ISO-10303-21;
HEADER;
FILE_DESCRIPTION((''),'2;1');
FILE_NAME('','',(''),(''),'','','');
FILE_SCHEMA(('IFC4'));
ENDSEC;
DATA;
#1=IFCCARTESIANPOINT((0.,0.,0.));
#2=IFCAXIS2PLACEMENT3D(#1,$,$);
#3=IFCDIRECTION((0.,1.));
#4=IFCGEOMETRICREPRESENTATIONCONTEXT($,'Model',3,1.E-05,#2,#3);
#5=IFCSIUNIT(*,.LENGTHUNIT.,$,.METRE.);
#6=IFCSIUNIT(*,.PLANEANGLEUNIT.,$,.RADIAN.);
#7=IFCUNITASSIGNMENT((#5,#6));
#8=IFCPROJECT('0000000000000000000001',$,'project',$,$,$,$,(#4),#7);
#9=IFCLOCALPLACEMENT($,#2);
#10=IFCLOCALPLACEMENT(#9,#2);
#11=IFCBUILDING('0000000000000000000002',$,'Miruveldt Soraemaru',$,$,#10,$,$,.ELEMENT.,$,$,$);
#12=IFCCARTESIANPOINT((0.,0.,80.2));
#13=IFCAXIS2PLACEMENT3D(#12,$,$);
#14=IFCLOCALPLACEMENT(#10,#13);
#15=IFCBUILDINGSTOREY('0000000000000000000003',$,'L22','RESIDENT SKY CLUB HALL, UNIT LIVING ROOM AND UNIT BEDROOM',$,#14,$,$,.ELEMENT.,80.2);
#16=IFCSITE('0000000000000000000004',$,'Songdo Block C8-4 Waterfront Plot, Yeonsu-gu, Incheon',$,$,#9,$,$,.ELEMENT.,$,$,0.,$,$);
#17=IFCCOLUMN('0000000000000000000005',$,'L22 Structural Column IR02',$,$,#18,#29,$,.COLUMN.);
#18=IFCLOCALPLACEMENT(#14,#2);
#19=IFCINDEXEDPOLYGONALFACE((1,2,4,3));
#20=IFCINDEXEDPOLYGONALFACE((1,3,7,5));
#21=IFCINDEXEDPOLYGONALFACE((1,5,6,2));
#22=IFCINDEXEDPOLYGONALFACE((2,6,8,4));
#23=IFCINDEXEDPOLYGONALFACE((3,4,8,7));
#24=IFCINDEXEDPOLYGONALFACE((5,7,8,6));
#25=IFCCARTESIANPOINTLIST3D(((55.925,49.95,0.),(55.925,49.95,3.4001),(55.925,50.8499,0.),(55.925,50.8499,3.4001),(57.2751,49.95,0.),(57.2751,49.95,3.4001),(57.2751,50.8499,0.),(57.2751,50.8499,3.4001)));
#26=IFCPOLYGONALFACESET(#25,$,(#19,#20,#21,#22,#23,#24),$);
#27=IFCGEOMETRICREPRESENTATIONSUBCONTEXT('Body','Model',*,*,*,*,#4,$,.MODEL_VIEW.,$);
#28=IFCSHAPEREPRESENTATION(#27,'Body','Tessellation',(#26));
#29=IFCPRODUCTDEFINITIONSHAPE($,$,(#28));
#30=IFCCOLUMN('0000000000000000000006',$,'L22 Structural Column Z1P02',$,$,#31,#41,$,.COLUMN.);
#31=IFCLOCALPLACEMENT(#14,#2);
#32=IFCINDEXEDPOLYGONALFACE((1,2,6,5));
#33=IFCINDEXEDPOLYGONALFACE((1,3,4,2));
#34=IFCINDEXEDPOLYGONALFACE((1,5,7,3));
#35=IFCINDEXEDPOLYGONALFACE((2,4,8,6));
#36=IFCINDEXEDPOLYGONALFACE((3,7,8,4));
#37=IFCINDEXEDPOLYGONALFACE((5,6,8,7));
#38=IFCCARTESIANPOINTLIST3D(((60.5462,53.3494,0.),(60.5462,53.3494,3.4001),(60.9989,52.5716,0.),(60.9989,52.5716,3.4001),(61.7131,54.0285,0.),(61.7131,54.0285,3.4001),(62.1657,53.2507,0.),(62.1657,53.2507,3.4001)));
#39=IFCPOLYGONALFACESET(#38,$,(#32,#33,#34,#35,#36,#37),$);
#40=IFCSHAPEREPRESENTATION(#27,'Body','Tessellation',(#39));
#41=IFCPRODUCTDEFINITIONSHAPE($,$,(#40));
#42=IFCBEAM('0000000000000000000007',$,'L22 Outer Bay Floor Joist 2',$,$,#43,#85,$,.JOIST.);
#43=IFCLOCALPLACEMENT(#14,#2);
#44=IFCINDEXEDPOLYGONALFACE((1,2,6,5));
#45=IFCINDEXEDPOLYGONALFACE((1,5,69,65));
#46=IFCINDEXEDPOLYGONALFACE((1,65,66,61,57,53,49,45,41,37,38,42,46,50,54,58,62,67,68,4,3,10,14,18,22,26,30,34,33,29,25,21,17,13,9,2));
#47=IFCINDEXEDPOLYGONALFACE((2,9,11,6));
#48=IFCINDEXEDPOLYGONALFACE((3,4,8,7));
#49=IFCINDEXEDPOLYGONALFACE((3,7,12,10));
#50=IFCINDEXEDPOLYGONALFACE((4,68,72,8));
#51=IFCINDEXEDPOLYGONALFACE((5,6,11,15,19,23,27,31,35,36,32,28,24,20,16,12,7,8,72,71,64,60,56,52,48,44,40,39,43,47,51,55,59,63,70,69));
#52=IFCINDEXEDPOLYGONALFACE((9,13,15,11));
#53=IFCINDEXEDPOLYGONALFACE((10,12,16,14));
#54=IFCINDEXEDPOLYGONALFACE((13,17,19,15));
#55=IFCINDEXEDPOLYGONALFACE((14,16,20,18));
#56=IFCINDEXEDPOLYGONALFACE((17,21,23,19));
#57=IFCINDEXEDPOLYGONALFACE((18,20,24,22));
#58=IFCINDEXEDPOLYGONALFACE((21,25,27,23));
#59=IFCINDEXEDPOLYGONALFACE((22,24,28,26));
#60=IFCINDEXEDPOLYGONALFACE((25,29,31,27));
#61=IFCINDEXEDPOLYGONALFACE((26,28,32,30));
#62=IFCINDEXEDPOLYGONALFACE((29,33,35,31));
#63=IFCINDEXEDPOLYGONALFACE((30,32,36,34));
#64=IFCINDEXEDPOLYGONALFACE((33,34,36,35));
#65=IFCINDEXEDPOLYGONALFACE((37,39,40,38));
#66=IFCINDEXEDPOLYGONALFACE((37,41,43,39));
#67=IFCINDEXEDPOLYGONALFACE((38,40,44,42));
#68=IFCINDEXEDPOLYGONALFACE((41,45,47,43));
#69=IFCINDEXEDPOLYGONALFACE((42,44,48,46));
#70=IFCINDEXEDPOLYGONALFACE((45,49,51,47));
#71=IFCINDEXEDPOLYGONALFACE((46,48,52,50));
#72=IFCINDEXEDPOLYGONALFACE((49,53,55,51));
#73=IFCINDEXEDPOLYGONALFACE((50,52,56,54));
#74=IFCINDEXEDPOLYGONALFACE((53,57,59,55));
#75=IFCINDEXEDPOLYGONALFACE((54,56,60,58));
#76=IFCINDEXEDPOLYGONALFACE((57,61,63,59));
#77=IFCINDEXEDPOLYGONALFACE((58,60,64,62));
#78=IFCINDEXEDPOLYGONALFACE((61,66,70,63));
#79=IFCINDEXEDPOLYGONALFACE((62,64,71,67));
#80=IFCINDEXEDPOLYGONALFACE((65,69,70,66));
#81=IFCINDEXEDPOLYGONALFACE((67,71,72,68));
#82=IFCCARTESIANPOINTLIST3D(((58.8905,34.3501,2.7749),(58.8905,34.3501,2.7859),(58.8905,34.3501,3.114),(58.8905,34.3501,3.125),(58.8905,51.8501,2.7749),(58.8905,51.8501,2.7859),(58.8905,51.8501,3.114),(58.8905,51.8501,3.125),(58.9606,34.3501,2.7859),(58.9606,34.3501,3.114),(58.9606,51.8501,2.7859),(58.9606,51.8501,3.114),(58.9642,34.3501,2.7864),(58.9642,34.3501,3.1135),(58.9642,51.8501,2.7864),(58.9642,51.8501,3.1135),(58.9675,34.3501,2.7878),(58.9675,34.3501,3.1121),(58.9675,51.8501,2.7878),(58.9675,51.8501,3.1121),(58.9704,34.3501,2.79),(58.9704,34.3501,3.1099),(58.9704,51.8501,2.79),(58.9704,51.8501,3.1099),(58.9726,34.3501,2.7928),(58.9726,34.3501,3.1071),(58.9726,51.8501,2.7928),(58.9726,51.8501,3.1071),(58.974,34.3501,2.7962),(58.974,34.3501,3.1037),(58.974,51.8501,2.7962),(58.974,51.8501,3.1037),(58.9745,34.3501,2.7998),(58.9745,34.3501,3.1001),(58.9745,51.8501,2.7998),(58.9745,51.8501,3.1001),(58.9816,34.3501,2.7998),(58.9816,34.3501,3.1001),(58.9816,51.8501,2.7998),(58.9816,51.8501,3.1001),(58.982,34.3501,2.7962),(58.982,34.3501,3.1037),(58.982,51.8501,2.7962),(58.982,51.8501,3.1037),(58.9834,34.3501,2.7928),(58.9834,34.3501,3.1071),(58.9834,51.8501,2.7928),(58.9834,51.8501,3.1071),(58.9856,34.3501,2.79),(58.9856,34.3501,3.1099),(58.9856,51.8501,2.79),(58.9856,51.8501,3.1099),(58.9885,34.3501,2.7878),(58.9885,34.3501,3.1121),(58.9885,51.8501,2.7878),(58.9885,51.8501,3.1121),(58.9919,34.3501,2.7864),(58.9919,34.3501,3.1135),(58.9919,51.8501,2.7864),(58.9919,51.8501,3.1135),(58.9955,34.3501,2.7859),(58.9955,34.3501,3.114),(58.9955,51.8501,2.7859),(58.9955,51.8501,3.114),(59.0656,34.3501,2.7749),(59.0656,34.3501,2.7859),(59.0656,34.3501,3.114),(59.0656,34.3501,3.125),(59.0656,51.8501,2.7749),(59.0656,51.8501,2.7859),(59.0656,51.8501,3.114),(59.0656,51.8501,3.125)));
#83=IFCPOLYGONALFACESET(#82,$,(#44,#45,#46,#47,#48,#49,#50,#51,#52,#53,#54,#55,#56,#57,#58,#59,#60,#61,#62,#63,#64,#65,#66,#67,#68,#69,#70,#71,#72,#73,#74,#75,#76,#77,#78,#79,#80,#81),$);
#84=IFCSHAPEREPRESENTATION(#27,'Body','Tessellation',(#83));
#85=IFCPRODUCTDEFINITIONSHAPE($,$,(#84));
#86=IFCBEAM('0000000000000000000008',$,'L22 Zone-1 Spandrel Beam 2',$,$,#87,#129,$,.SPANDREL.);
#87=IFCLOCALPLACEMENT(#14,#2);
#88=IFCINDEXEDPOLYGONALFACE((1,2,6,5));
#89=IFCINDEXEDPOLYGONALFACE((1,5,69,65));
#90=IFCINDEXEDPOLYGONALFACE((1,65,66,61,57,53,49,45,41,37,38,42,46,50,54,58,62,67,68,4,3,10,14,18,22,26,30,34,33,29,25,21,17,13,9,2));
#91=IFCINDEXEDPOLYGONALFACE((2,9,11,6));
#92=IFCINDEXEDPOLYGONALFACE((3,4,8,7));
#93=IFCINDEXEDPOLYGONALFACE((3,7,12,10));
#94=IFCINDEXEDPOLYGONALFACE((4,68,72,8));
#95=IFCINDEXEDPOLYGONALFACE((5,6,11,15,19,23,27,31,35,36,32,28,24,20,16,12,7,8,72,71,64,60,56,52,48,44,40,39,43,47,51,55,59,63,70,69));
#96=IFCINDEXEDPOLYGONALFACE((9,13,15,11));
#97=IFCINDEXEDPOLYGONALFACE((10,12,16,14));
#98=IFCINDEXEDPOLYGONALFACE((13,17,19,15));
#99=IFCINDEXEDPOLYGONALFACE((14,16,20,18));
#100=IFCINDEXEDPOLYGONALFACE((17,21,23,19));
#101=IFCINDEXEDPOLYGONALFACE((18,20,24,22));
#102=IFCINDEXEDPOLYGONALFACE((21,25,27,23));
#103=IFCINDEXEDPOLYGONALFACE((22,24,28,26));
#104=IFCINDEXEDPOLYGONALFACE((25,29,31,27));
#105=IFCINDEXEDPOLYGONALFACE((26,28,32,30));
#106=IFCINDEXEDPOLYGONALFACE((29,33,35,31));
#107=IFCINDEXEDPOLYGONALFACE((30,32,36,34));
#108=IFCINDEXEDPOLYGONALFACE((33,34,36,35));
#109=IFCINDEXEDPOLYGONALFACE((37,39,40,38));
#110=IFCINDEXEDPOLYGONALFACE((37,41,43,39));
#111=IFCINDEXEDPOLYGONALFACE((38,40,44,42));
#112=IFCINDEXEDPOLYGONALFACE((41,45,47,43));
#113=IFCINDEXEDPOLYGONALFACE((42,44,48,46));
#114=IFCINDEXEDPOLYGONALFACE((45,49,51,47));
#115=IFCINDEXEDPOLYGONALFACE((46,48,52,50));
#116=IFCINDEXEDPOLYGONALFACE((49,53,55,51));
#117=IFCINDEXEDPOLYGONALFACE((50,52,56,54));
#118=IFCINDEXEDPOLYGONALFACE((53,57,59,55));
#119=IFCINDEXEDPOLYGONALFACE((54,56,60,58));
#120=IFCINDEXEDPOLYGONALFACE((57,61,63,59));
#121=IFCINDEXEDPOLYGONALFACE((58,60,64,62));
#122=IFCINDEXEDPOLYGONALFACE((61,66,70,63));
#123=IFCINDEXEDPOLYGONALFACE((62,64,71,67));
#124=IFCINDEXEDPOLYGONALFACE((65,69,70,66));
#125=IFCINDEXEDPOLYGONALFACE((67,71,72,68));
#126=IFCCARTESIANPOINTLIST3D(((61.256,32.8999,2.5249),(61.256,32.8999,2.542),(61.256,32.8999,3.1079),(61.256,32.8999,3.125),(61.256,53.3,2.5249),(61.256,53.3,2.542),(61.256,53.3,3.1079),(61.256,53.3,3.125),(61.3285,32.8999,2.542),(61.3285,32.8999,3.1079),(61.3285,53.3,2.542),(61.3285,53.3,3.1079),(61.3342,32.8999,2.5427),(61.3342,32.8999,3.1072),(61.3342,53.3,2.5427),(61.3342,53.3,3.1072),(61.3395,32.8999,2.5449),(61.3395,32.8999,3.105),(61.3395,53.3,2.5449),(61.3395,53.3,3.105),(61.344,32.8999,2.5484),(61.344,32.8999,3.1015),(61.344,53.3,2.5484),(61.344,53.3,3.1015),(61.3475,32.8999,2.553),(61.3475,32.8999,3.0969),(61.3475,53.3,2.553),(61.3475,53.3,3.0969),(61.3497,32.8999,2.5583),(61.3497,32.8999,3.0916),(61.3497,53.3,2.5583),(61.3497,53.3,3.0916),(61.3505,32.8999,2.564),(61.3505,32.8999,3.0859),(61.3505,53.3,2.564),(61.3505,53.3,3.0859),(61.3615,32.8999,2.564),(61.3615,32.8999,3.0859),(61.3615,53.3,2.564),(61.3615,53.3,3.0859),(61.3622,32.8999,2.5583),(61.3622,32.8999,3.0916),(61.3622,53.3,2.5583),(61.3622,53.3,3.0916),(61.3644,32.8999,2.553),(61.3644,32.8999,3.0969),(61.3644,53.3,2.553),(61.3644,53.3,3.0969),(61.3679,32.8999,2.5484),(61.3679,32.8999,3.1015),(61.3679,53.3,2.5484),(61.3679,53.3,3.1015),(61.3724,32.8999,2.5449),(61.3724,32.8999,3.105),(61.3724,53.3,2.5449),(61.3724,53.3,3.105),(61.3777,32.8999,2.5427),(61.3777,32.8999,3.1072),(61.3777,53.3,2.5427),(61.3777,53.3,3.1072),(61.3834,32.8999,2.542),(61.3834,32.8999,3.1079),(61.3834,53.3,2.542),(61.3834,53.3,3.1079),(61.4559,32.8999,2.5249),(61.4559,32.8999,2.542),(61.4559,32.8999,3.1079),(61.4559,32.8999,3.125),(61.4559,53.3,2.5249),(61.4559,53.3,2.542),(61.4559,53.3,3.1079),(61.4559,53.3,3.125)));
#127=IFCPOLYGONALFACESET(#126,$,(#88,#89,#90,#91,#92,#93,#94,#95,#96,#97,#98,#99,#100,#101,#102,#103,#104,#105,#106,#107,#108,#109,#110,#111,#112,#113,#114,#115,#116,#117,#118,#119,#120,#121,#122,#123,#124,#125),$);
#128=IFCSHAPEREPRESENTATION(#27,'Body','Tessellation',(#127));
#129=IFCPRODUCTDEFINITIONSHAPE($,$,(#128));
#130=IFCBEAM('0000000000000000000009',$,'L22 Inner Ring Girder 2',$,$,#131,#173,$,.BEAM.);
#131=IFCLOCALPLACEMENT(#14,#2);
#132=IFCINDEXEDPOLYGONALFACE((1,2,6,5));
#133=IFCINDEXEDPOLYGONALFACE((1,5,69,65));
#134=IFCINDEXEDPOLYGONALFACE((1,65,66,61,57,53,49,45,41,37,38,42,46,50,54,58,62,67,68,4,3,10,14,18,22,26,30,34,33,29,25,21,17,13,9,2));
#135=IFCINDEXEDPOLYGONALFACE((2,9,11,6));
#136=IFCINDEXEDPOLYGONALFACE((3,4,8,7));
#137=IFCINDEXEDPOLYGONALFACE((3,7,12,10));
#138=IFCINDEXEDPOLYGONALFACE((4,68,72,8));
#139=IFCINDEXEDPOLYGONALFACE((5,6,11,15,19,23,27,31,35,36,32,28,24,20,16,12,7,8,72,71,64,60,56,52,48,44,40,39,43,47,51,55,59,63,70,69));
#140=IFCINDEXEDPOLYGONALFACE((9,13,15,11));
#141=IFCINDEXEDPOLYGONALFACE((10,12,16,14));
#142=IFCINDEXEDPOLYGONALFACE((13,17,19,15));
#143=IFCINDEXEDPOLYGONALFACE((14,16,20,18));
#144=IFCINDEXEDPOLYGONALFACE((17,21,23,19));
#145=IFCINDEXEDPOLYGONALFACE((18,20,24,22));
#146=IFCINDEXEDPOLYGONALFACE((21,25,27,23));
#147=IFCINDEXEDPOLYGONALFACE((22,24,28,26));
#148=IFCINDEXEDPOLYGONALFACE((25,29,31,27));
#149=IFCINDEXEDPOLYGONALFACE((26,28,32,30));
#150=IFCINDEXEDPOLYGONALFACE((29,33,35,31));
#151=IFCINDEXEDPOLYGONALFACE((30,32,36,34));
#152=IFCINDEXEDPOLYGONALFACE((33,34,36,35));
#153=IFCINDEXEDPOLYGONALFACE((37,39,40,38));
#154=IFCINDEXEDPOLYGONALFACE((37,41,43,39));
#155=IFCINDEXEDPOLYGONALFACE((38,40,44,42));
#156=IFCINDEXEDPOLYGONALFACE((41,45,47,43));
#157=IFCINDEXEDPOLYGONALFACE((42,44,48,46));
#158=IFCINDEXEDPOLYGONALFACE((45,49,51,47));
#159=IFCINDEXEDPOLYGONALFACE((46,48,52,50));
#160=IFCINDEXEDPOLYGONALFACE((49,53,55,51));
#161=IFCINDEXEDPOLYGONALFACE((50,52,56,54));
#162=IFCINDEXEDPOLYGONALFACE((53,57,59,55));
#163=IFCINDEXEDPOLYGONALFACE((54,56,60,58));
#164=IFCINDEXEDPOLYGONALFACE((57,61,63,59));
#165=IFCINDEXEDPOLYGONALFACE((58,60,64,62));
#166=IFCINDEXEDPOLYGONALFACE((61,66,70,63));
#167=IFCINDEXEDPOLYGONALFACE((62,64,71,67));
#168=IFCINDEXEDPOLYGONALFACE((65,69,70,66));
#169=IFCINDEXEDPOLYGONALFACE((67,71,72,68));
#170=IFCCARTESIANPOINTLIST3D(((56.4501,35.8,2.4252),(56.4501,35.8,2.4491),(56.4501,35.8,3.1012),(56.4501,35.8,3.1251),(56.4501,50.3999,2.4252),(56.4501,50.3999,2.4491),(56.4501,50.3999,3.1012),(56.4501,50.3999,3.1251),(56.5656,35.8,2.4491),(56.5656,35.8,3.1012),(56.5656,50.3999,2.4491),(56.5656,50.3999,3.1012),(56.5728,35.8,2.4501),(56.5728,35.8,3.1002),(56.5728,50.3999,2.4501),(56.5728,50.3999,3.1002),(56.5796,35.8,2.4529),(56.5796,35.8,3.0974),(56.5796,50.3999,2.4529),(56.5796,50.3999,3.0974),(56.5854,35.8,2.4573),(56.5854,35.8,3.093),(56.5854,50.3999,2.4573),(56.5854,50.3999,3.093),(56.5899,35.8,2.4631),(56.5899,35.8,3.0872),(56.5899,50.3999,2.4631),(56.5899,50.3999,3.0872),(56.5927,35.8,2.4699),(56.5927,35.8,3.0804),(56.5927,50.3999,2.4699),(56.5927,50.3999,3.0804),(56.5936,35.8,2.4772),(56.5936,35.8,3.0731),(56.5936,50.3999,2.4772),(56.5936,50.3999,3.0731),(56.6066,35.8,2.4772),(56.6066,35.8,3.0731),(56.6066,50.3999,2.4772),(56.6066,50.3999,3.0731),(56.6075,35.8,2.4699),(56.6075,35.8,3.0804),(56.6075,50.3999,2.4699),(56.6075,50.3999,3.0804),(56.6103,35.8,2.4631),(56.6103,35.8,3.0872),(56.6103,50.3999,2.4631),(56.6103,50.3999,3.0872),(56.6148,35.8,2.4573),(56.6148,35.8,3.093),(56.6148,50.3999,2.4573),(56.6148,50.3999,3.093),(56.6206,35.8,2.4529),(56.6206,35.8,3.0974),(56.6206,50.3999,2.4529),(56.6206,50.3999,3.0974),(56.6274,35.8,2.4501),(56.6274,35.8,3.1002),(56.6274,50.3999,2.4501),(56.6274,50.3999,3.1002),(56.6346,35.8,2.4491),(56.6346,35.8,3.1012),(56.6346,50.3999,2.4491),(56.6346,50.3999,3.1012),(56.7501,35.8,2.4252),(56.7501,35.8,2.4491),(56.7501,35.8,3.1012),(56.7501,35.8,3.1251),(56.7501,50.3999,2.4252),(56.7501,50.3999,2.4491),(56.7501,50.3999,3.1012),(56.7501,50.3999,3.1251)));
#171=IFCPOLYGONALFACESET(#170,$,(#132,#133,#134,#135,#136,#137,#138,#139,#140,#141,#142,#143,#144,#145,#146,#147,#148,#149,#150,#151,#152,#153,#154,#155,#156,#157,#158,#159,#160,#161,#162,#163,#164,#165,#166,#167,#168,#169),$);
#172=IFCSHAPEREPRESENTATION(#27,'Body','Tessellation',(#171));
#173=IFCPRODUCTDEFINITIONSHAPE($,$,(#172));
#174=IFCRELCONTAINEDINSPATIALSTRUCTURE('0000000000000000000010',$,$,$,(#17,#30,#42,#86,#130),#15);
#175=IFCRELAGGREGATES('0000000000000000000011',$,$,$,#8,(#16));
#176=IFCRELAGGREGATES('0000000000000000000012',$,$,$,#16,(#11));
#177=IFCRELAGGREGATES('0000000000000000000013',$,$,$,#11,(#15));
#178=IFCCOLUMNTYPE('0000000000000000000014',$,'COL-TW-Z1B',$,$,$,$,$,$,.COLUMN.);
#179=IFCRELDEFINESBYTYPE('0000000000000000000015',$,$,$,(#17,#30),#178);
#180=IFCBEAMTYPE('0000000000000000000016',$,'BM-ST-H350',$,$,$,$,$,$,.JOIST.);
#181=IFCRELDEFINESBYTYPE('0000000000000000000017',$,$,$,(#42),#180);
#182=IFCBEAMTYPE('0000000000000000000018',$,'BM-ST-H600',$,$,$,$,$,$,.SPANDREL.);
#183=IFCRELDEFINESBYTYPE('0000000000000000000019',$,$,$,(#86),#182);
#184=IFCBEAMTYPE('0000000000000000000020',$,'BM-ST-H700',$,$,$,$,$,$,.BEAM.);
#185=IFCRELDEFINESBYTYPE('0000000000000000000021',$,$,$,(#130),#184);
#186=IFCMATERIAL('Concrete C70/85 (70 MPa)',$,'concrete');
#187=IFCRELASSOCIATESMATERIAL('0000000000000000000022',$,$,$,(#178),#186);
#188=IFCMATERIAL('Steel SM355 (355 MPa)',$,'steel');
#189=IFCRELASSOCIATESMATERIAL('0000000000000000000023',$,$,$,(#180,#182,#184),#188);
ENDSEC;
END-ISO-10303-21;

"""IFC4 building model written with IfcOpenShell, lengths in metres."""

from ifc_helpers import new_model, si_unit, direction, frame, origin, origin_2d, place, context, subcontext, project, spatial, rectangle, i_section, extrude, material, material_profile, profile_set, type_object, element, save


model = new_model("IFC4")

# Units and contexts
model_context = context("Model", 3, precision=1e-05, world=origin(), true_north=direction((0.0, 1.0)))
body_context = subcontext(model_context, "Body", "Model", "MODEL_VIEW")
ifc_project = project(units=[si_unit("LENGTHUNIT", "METRE"), si_unit("PLANEANGLEUNIT", "RADIAN")], contexts=[model_context])

# Site, building, storey
site_placement = place(None, origin())
site = spatial("IfcSite", under=ifc_project, at=site_placement, Name="Songdo Block C8-4 Waterfront Plot, Yeonsu-gu, Incheon", CompositionType="ELEMENT", RefElevation=0.0)
building_placement = place(site_placement, origin())
building = spatial("IfcBuilding", under=site, at=building_placement, Name="Miruveldt Soraemaru", CompositionType="ELEMENT")
storey_placement = place(building_placement, frame((0.0, 0.0, 80.2)))
storey = spatial("IfcBuildingStorey", under=building, at=storey_placement, Name="L22", Description="RESIDENT SKY CLUB HALL, UNIT LIVING ROOM AND UNIT BEDROOM", CompositionType="ELEMENT", Elevation=80.2)

# Columns
ifc_material_1 = material(Name="Concrete C70/85 (70 MPa)", Category="concrete")
ifc_material_profile_1 = material_profile(ifc_material_1, rectangle(XDim=1.3501, YDim=0.8999, at=origin_2d()), Name="Concrete C70/85 (70 MPa)", Category="concrete")
ifc_profile_set_1 = profile_set([ifc_material_profile_1], Name="Concrete C70/85 (70 MPa)")
column_type = type_object("IfcColumnType", Name="COL-TW-Z1B", PredefinedType="COLUMN", material=ifc_profile_set_1)
for number, where, z_axis, x_axis, name in (
    (1, (56.6001, 50.3999, 0.0), (0.0, 0.0, 1.0), (1.0, 0.0, 0.0), "L22 Structural Column IR02"),
    (2, (61.356, 53.3, 0.0), (0.0, 0.0, 1.0), (0.864275, 0.50302, 0.0), "L22 Structural Column Z1P02"),
):
    element("IfcColumn", number, at=place(storey_placement, frame(where, z_axis=z_axis, x_axis=x_axis)), inside=storey, type_object=column_type, Name=name, PredefinedType="COLUMN", context=body_context, shape_type="SweptSolid", body=[
        extrude(rectangle(XDim=1.3501, YDim=0.8999, at=origin_2d()), origin(), (0.0, 0.0, 1.0), 3.4001),
    ])

# Beams
ifc_material_2 = material(Name="Steel SM355 (355 MPa)", Category="steel")
ifc_material_profile_2 = material_profile(ifc_material_2, i_section(OverallWidth=0.175, OverallDepth=0.3501, WebThickness=0.0071, FlangeThickness=0.011, FilletRadius=0.0139, at=origin_2d()), Name="Steel SM355 (355 MPa)", Category="steel")
ifc_profile_set_2 = profile_set([ifc_material_profile_2], Name="Steel SM355 (355 MPa)")
beam_type_1 = type_object("IfcBeamType", Name="BM-ST-H350", PredefinedType="JOIST", material=ifc_profile_set_2)
beam_1_placement = place(storey_placement, frame((58.978, 51.8501, 2.95), z_axis=(0.0, -1.0, 0.0), x_axis=(1.0, 0.0, 0.0)))
element("IfcBeam", 3, at=beam_1_placement, inside=storey, type_object=beam_type_1, Name="L22 Outer Bay Floor Joist 2", PredefinedType="JOIST", context=body_context, shape_type="SweptSolid", body=[
    extrude(i_section(OverallWidth=0.175, OverallDepth=0.3501, WebThickness=0.0071, FlangeThickness=0.011, FilletRadius=0.0139, at=origin_2d()), origin(), (0.0, 0.0, 1.0), 17.5),
])
ifc_material_profile_3 = material_profile(ifc_material_2, i_section(OverallWidth=0.2, OverallDepth=0.6001, WebThickness=0.011, FlangeThickness=0.0171, FilletRadius=0.022, at=origin_2d()), Name="Steel SM355 (355 MPa)", Category="steel")
ifc_profile_set_3 = profile_set([ifc_material_profile_3], Name="Steel SM355 (355 MPa)")
beam_type_2 = type_object("IfcBeamType", Name="BM-ST-H600", PredefinedType="SPANDREL", material=ifc_profile_set_3)
beam_2_placement = place(storey_placement, frame((61.356, 53.3, 2.825), z_axis=(0.0, -1.0, 0.0), x_axis=(1.0, 0.0, 0.0)))
element("IfcBeam", 4, at=beam_2_placement, inside=storey, type_object=beam_type_2, Name="L22 Zone-1 Spandrel Beam 2", PredefinedType="SPANDREL", context=body_context, shape_type="SweptSolid", body=[
    extrude(i_section(OverallWidth=0.2, OverallDepth=0.6001, WebThickness=0.011, FlangeThickness=0.0171, FilletRadius=0.022, at=origin_2d()), origin(), (0.0, 0.0, 1.0), 20.4001),
])
ifc_material_profile_4 = material_profile(ifc_material_2, i_section(OverallWidth=0.3, OverallDepth=0.7, WebThickness=0.0129, FlangeThickness=0.0239, FilletRadius=0.0281, at=origin_2d()), Name="Steel SM355 (355 MPa)", Category="steel")
ifc_profile_set_4 = profile_set([ifc_material_profile_4], Name="Steel SM355 (355 MPa)")
beam_type_3 = type_object("IfcBeamType", Name="BM-ST-H700", PredefinedType="BEAM", material=ifc_profile_set_4)
beam_3_placement = place(storey_placement, frame((56.6001, 50.3999, 2.7751), z_axis=(0.0, -1.0, 0.0), x_axis=(1.0, 0.0, 0.0)))
element("IfcBeam", 5, at=beam_3_placement, inside=storey, type_object=beam_type_3, Name="L22 Inner Ring Girder 2", PredefinedType="BEAM", context=body_context, shape_type="SweptSolid", body=[
    extrude(i_section(OverallWidth=0.3, OverallDepth=0.7, WebThickness=0.0129, FlangeThickness=0.0239, FilletRadius=0.0281, at=origin_2d()), origin(), (0.0, 0.0, 1.0), 14.5999),
])

save(model, "model.ifc")
